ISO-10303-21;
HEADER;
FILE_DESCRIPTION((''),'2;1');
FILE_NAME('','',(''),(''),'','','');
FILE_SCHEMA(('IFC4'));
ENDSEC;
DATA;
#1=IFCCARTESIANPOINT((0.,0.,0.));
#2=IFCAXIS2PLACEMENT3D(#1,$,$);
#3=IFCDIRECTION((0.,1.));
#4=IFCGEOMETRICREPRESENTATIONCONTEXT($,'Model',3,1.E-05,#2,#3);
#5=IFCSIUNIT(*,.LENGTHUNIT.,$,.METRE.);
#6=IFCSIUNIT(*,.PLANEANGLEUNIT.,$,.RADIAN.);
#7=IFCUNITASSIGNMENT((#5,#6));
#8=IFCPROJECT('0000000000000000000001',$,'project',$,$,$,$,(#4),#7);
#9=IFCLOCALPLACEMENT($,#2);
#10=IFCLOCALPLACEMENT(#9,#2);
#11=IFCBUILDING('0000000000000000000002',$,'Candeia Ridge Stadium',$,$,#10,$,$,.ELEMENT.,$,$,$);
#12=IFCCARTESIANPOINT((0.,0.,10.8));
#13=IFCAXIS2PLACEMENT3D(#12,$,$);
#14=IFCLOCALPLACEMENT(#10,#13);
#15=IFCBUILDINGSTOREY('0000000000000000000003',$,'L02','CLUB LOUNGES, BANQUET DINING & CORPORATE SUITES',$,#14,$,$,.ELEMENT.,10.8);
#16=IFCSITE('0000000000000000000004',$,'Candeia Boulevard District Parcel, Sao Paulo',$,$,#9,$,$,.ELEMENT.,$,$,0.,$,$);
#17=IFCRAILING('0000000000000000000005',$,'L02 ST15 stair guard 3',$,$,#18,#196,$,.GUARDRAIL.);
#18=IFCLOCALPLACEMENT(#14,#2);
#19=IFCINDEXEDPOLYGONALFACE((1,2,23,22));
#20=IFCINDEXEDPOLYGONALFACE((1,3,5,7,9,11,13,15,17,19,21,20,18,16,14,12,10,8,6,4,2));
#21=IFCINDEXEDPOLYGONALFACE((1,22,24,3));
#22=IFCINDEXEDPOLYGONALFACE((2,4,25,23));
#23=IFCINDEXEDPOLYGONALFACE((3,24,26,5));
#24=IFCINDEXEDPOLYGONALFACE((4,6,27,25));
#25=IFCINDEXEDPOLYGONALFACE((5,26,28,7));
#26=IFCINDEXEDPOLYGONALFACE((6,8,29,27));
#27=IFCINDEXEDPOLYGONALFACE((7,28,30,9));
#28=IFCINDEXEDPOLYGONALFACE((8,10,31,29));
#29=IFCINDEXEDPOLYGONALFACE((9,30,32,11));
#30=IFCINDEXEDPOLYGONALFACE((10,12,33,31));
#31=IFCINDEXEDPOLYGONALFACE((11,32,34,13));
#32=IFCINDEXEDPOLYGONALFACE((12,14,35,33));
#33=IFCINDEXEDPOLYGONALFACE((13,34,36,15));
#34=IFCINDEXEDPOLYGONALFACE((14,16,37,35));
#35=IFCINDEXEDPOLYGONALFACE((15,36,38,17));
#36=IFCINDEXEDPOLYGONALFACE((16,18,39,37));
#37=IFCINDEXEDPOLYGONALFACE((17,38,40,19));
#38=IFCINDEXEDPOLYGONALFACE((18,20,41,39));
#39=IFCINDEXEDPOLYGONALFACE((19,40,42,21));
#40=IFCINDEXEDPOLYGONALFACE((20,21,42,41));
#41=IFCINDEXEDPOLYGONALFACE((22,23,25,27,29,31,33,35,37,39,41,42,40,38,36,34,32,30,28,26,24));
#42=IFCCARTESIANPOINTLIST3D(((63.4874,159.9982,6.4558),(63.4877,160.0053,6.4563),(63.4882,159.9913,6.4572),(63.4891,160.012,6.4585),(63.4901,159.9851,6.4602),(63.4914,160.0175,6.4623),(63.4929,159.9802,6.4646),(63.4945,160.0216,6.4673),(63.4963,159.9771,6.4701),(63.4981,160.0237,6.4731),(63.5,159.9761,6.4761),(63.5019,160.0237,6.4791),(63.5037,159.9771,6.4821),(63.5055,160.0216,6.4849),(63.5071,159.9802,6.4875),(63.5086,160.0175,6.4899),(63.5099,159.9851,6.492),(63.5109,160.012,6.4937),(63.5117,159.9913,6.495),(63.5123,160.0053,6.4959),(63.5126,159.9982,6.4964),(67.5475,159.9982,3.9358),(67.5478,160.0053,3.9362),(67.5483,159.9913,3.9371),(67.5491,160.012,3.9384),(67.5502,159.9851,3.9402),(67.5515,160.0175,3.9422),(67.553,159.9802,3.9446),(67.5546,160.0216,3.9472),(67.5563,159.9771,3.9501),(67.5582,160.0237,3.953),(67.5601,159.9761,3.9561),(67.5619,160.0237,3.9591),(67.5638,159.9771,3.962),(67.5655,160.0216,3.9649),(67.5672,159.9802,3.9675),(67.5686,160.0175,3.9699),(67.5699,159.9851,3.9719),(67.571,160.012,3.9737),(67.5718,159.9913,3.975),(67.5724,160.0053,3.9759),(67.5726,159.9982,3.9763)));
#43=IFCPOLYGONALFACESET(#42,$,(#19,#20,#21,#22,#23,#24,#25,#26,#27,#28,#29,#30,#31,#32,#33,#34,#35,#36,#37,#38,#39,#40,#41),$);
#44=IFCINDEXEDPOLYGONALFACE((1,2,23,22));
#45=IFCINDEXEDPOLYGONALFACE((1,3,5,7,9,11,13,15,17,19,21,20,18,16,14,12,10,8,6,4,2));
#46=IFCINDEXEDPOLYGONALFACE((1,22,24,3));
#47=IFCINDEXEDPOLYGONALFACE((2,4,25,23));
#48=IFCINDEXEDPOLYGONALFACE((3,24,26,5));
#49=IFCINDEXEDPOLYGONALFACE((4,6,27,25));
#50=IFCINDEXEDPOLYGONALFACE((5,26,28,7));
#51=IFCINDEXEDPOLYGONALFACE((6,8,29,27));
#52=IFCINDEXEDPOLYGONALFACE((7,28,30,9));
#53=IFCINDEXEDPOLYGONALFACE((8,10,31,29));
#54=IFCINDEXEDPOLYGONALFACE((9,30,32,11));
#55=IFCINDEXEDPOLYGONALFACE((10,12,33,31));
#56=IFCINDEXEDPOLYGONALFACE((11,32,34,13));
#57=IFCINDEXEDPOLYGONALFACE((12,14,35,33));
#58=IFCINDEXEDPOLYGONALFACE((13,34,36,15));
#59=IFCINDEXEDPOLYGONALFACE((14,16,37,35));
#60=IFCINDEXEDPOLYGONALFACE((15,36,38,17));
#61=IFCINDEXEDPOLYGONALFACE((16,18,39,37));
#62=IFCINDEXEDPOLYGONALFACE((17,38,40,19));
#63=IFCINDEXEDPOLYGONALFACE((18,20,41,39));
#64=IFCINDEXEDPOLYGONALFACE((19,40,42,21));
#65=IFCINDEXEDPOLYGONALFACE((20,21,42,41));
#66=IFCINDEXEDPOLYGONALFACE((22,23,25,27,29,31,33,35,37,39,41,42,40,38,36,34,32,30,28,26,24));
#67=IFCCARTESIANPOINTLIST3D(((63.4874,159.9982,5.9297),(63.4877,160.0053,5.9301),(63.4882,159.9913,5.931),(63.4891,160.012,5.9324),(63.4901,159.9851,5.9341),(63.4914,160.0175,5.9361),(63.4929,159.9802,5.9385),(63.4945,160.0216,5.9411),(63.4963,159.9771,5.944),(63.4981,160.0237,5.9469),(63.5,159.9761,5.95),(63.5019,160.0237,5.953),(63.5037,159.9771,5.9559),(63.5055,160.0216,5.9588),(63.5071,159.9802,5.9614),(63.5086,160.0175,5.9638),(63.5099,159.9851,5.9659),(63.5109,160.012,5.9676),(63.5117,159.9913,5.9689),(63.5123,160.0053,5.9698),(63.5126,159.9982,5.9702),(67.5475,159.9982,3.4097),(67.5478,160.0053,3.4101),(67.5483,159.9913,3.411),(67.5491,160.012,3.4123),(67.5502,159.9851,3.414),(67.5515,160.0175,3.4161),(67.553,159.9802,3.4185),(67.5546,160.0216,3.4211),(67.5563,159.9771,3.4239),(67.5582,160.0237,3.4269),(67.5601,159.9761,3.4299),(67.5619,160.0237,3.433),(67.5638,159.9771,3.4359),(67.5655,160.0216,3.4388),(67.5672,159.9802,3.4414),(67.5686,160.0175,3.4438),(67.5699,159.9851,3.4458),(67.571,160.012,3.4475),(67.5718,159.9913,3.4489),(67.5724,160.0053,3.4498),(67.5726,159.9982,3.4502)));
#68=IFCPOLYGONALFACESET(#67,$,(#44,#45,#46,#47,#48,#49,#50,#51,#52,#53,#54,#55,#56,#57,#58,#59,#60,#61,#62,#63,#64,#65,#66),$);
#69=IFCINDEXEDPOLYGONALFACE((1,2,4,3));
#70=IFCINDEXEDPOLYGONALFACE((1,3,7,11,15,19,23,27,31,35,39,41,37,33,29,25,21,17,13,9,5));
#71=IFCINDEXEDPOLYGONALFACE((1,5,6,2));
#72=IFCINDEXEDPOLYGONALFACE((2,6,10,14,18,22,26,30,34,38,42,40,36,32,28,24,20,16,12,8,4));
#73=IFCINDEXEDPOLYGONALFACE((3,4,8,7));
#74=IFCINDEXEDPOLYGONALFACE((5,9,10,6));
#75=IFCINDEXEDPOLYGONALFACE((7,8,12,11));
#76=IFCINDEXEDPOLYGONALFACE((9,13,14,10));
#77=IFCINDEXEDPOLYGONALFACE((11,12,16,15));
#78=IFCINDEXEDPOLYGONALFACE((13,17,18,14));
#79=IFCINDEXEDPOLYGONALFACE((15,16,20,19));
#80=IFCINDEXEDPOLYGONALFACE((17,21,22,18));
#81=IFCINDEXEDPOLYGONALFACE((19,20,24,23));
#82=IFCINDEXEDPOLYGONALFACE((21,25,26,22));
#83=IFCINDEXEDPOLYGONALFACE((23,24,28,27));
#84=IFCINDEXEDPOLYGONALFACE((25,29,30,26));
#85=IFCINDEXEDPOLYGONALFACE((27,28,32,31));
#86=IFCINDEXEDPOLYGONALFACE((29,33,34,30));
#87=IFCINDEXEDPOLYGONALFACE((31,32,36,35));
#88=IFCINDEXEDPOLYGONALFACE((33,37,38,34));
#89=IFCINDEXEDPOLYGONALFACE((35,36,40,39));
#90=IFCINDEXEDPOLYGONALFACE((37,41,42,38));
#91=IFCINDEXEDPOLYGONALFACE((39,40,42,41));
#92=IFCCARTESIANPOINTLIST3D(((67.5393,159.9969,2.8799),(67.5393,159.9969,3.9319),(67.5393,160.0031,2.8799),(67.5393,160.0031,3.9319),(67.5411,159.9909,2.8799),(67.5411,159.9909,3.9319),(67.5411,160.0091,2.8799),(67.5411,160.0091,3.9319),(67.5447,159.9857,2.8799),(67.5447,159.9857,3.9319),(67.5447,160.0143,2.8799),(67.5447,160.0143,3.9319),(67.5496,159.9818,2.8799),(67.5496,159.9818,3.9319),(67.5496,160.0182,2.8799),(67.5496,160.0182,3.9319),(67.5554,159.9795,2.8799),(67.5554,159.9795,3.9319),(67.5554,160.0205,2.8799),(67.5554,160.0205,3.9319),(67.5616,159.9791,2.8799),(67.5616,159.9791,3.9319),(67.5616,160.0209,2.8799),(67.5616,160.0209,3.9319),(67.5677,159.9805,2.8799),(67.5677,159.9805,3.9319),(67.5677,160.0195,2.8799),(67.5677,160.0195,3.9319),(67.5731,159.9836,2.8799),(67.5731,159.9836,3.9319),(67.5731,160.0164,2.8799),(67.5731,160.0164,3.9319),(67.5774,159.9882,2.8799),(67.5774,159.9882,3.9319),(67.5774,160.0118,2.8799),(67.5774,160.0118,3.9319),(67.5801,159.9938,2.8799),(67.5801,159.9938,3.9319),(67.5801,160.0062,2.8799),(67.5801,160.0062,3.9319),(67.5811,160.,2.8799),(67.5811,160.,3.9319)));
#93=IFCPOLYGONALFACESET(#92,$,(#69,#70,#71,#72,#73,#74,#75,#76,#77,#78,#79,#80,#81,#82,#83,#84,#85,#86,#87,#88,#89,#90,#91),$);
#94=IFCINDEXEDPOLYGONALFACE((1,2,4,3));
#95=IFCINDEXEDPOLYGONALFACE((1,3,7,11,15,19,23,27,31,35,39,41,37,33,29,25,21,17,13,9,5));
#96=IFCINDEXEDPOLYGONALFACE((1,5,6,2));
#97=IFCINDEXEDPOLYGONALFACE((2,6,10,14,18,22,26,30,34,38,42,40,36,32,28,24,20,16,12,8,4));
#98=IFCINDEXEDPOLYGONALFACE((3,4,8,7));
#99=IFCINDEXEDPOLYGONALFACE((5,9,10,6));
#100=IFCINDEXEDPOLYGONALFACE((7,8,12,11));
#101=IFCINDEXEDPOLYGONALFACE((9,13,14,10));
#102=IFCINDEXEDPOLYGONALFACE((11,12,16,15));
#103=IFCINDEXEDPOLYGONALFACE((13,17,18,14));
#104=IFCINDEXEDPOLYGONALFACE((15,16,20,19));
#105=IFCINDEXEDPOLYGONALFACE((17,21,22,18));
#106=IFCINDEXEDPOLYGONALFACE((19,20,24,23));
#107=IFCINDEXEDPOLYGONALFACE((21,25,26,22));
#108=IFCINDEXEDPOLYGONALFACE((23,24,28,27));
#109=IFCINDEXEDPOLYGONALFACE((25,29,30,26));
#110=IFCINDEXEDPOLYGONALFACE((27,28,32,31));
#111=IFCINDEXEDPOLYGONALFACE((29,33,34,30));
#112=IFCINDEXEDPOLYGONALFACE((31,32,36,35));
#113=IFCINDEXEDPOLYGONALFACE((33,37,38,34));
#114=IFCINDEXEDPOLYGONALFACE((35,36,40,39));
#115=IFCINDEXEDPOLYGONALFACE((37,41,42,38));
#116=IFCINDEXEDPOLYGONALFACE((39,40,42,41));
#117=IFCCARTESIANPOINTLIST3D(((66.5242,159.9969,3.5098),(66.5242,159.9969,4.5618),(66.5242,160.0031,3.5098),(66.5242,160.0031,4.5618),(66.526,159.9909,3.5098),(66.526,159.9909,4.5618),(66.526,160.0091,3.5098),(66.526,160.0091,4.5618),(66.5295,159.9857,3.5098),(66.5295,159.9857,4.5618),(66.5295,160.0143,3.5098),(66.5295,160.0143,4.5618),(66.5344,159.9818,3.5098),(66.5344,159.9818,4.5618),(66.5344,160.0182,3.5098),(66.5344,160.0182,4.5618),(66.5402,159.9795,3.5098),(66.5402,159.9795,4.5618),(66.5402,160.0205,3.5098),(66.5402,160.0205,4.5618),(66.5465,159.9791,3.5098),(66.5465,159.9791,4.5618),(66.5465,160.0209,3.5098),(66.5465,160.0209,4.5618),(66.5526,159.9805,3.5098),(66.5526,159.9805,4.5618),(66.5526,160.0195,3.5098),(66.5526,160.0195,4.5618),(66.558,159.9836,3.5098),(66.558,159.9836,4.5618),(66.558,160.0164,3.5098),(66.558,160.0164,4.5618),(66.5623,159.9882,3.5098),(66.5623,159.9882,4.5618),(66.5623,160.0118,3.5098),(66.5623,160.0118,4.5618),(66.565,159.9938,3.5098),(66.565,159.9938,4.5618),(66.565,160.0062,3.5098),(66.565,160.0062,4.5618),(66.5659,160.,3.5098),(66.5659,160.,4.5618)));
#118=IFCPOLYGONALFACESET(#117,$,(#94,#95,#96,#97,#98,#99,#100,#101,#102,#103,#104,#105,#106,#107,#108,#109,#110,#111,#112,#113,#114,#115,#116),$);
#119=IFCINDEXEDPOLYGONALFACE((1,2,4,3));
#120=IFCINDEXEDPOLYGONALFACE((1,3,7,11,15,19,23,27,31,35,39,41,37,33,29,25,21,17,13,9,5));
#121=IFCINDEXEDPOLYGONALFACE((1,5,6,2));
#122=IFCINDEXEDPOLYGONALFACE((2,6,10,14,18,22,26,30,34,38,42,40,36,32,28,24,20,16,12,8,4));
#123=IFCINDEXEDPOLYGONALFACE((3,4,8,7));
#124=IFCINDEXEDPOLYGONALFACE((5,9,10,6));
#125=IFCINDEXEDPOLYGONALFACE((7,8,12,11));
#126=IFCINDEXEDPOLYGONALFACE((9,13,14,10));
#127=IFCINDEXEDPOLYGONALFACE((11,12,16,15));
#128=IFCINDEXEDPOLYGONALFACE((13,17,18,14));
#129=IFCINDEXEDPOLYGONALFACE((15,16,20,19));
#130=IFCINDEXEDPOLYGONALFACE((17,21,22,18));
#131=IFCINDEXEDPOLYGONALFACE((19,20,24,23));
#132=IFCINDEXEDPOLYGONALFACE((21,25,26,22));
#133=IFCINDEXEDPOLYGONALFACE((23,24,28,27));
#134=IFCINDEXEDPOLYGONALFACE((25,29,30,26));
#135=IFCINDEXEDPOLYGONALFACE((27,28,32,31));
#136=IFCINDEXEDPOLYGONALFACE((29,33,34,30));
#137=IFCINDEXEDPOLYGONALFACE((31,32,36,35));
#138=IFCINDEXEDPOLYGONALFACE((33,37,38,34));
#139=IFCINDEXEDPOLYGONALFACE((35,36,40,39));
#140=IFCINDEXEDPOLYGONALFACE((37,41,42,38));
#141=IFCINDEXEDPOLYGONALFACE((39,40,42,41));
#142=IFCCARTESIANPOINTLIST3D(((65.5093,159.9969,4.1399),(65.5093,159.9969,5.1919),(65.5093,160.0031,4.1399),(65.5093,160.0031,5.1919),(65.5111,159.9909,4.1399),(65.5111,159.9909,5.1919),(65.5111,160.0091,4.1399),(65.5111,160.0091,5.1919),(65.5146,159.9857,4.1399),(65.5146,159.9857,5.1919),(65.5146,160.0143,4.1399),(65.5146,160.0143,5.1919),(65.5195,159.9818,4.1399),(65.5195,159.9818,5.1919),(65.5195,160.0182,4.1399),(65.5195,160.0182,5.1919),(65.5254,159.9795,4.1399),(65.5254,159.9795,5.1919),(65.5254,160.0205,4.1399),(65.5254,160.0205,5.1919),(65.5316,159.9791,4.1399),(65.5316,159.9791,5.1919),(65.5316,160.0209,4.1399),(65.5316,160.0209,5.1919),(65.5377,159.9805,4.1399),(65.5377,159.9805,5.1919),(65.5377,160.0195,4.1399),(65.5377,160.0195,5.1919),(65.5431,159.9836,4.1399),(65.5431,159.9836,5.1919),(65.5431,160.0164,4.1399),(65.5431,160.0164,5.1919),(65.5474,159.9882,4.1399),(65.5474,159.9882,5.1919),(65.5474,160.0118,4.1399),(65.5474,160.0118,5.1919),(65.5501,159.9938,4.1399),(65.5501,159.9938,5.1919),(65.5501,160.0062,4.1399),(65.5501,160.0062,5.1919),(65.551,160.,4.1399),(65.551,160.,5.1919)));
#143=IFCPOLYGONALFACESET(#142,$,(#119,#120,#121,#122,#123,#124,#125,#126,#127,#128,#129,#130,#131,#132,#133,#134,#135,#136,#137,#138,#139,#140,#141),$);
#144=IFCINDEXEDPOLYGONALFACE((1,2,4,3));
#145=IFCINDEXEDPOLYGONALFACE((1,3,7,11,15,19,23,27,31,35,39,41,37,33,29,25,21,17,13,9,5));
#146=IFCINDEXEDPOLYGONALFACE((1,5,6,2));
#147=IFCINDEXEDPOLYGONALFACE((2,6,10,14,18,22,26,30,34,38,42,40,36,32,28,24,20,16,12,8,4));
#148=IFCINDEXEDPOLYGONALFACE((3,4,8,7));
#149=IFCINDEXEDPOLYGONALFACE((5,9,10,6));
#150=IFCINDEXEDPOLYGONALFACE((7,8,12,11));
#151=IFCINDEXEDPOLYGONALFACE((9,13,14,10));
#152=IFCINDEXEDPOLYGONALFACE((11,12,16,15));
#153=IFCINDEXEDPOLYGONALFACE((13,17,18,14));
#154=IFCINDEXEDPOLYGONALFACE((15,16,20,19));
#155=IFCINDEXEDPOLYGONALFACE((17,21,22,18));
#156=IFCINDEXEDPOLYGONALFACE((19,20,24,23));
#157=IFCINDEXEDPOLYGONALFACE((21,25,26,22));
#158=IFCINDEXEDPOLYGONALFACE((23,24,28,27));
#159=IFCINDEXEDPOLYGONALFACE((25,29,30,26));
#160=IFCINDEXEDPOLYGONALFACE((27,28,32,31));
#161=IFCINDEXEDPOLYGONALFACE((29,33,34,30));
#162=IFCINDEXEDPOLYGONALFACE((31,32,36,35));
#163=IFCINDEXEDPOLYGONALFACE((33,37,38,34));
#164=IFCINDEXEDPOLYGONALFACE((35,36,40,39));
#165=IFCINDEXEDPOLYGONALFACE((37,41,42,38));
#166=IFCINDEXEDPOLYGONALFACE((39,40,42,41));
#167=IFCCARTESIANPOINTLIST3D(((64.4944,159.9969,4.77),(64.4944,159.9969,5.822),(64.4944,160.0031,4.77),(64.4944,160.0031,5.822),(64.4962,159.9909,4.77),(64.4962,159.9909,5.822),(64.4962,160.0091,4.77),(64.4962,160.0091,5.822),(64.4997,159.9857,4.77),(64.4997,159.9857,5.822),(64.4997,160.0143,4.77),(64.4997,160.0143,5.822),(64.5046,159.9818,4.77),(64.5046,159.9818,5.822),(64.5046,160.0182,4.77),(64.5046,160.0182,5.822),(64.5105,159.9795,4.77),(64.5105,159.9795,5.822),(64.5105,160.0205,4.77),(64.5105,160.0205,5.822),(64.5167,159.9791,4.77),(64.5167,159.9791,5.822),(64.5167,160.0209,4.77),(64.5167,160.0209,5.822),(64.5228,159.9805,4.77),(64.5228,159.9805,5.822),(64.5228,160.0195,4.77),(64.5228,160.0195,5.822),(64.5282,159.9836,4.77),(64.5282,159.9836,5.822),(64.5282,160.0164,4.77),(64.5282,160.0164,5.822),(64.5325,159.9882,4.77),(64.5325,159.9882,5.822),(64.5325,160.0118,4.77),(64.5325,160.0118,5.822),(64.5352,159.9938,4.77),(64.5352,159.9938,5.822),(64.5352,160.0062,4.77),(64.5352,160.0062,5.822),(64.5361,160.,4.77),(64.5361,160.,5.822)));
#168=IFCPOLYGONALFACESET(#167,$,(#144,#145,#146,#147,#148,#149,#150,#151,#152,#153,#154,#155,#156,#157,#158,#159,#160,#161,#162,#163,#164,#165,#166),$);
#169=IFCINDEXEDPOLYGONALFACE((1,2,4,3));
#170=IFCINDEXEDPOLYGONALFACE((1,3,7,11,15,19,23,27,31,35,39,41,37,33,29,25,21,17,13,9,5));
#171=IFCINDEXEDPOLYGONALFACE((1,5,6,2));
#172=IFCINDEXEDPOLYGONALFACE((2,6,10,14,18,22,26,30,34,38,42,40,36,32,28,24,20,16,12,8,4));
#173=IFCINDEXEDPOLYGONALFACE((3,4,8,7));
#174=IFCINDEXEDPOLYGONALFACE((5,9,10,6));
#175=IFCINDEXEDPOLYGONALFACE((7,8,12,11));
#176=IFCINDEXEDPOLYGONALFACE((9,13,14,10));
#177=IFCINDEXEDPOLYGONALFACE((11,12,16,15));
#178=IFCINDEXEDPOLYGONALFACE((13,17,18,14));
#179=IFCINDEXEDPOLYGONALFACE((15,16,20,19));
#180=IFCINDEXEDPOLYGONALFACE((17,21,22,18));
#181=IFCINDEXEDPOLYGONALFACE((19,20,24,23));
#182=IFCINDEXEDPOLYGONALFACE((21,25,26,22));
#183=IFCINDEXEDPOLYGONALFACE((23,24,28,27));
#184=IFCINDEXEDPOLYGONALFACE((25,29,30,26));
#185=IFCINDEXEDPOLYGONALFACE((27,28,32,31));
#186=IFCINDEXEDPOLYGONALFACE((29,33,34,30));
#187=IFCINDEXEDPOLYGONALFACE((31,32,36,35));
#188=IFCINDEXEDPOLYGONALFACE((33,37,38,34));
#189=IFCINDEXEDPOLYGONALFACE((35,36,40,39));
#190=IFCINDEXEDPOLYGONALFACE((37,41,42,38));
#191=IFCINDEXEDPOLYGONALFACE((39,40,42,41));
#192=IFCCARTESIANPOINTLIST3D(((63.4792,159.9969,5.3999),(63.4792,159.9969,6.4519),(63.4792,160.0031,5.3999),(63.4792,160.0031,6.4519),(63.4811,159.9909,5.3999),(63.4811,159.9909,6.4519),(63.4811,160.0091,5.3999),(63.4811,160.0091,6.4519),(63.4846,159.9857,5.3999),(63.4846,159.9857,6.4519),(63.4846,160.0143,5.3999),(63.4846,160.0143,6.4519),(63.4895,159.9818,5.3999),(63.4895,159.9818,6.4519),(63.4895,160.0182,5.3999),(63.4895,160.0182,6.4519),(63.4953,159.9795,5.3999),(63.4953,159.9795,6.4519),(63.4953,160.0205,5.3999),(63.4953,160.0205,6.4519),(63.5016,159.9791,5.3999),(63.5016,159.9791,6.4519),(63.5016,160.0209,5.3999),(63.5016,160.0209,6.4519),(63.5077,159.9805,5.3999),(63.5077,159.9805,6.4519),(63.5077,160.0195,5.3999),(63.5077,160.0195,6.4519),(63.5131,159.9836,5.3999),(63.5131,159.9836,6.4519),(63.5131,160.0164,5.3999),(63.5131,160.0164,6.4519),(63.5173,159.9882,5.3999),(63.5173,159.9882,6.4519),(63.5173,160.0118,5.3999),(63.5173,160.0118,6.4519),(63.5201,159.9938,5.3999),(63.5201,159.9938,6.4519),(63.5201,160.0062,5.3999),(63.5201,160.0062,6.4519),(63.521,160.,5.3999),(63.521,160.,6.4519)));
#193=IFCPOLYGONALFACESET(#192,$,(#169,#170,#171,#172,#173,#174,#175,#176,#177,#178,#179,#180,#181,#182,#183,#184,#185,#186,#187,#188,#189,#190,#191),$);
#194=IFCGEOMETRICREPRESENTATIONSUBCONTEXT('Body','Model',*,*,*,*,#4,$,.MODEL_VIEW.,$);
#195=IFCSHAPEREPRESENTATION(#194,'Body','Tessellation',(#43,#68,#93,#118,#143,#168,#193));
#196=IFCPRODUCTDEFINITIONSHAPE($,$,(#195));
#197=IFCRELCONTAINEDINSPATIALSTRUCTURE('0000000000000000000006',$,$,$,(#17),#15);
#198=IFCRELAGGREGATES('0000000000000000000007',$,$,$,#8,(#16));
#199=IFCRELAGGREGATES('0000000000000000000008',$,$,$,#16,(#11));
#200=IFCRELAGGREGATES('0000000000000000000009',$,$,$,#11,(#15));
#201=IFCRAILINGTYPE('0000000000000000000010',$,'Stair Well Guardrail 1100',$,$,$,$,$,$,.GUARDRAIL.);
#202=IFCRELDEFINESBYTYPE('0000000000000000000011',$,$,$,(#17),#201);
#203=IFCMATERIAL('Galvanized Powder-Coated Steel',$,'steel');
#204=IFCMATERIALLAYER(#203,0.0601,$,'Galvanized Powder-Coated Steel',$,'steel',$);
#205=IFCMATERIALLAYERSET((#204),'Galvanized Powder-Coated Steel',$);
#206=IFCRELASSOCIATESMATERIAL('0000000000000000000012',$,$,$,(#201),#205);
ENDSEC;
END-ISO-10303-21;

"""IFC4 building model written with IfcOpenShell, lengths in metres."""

from ifc_helpers import new_model, si_unit, direction, frame, origin, origin_2d, place, context, subcontext, project, spatial, circle, extrude, material, layer, layer_set, type_object, element, save


model = new_model("IFC4")

# Units and contexts
model_context = context("Model", 3, precision=1e-05, world=origin(), true_north=direction((0.0, 1.0)))
body_context = subcontext(model_context, "Body", "Model", "MODEL_VIEW")
ifc_project = project(units=[si_unit("LENGTHUNIT", "METRE"), si_unit("PLANEANGLEUNIT", "RADIAN")], contexts=[model_context])

# Site, building, storey
site_placement = place(None, origin())
site = spatial("IfcSite", under=ifc_project, at=site_placement, Name="Candeia Boulevard District Parcel, Sao Paulo", CompositionType="ELEMENT", RefElevation=0.0)
building_placement = place(site_placement, origin())
building = spatial("IfcBuilding", under=site, at=building_placement, Name="Candeia Ridge Stadium", CompositionType="ELEMENT")
storey_placement = place(building_placement, frame((0.0, 0.0, 10.8)))
storey = spatial("IfcBuildingStorey", under=building, at=storey_placement, Name="L02", Description="CLUB LOUNGES, BANQUET DINING & CORPORATE SUITES", CompositionType="ELEMENT", Elevation=10.8)

# Railing
ifc_material_1 = material(Name="Galvanized Powder-Coated Steel", Category="steel")
ifc_layer_1 = layer(ifc_material_1, 0.0601, Name="Galvanized Powder-Coated Steel", Category="steel")
ifc_layer_set_1 = layer_set([ifc_layer_1], Name="Galvanized Powder-Coated Steel")
railing_type_1 = type_object("IfcRailingType", Name="Stair Well Guardrail 1100", PredefinedType="GUARDRAIL", material=ifc_layer_set_1)
railing_1_placement = place(storey_placement, frame((67.5601, 160.0, 2.8799)))
element("IfcRailing", 1, at=railing_1_placement, inside=storey, type_object=railing_type_1, Name="L02 ST15 stair guard 3", PredefinedType="GUARDRAIL", context=body_context, shape_type="SweptSolid", body=[
    extrude(circle(Radius=0.0239, at=origin_2d()), frame((0.0, 0.0, 1.0762), z_axis=(-0.849642, 0.0, 0.52736), x_axis=(0.0, -1.0, 0.0)), (0.0, 0.0, 1.0), 4.7786),
    extrude(circle(Radius=0.0239, at=origin_2d()), frame((0.0, 0.0, 0.55), z_axis=(-0.849642, 0.0, 0.52736), x_axis=(0.0, -1.0, 0.0)), (0.0, 0.0, 1.0), 4.7786),
    extrude(circle(Radius=0.021, at=origin_2d()), origin(), (0.0, 0.0, 1.0), 1.052),
    extrude(circle(Radius=0.021, at=origin_2d()), frame((-1.0151, 0.0, 0.6299)), (0.0, 0.0, 1.0), 1.052),
    extrude(circle(Radius=0.021, at=origin_2d()), frame((-2.03, 0.0, 1.26)), (0.0, 0.0, 1.0), 1.052),
    extrude(circle(Radius=0.021, at=origin_2d()), frame((-3.0449, 0.0, 1.8901)), (0.0, 0.0, 1.0), 1.052),
    extrude(circle(Radius=0.021, at=origin_2d()), frame((-4.0601, 0.0, 2.52)), (0.0, 0.0, 1.0), 1.052),
])

save(model, "model.ifc")
